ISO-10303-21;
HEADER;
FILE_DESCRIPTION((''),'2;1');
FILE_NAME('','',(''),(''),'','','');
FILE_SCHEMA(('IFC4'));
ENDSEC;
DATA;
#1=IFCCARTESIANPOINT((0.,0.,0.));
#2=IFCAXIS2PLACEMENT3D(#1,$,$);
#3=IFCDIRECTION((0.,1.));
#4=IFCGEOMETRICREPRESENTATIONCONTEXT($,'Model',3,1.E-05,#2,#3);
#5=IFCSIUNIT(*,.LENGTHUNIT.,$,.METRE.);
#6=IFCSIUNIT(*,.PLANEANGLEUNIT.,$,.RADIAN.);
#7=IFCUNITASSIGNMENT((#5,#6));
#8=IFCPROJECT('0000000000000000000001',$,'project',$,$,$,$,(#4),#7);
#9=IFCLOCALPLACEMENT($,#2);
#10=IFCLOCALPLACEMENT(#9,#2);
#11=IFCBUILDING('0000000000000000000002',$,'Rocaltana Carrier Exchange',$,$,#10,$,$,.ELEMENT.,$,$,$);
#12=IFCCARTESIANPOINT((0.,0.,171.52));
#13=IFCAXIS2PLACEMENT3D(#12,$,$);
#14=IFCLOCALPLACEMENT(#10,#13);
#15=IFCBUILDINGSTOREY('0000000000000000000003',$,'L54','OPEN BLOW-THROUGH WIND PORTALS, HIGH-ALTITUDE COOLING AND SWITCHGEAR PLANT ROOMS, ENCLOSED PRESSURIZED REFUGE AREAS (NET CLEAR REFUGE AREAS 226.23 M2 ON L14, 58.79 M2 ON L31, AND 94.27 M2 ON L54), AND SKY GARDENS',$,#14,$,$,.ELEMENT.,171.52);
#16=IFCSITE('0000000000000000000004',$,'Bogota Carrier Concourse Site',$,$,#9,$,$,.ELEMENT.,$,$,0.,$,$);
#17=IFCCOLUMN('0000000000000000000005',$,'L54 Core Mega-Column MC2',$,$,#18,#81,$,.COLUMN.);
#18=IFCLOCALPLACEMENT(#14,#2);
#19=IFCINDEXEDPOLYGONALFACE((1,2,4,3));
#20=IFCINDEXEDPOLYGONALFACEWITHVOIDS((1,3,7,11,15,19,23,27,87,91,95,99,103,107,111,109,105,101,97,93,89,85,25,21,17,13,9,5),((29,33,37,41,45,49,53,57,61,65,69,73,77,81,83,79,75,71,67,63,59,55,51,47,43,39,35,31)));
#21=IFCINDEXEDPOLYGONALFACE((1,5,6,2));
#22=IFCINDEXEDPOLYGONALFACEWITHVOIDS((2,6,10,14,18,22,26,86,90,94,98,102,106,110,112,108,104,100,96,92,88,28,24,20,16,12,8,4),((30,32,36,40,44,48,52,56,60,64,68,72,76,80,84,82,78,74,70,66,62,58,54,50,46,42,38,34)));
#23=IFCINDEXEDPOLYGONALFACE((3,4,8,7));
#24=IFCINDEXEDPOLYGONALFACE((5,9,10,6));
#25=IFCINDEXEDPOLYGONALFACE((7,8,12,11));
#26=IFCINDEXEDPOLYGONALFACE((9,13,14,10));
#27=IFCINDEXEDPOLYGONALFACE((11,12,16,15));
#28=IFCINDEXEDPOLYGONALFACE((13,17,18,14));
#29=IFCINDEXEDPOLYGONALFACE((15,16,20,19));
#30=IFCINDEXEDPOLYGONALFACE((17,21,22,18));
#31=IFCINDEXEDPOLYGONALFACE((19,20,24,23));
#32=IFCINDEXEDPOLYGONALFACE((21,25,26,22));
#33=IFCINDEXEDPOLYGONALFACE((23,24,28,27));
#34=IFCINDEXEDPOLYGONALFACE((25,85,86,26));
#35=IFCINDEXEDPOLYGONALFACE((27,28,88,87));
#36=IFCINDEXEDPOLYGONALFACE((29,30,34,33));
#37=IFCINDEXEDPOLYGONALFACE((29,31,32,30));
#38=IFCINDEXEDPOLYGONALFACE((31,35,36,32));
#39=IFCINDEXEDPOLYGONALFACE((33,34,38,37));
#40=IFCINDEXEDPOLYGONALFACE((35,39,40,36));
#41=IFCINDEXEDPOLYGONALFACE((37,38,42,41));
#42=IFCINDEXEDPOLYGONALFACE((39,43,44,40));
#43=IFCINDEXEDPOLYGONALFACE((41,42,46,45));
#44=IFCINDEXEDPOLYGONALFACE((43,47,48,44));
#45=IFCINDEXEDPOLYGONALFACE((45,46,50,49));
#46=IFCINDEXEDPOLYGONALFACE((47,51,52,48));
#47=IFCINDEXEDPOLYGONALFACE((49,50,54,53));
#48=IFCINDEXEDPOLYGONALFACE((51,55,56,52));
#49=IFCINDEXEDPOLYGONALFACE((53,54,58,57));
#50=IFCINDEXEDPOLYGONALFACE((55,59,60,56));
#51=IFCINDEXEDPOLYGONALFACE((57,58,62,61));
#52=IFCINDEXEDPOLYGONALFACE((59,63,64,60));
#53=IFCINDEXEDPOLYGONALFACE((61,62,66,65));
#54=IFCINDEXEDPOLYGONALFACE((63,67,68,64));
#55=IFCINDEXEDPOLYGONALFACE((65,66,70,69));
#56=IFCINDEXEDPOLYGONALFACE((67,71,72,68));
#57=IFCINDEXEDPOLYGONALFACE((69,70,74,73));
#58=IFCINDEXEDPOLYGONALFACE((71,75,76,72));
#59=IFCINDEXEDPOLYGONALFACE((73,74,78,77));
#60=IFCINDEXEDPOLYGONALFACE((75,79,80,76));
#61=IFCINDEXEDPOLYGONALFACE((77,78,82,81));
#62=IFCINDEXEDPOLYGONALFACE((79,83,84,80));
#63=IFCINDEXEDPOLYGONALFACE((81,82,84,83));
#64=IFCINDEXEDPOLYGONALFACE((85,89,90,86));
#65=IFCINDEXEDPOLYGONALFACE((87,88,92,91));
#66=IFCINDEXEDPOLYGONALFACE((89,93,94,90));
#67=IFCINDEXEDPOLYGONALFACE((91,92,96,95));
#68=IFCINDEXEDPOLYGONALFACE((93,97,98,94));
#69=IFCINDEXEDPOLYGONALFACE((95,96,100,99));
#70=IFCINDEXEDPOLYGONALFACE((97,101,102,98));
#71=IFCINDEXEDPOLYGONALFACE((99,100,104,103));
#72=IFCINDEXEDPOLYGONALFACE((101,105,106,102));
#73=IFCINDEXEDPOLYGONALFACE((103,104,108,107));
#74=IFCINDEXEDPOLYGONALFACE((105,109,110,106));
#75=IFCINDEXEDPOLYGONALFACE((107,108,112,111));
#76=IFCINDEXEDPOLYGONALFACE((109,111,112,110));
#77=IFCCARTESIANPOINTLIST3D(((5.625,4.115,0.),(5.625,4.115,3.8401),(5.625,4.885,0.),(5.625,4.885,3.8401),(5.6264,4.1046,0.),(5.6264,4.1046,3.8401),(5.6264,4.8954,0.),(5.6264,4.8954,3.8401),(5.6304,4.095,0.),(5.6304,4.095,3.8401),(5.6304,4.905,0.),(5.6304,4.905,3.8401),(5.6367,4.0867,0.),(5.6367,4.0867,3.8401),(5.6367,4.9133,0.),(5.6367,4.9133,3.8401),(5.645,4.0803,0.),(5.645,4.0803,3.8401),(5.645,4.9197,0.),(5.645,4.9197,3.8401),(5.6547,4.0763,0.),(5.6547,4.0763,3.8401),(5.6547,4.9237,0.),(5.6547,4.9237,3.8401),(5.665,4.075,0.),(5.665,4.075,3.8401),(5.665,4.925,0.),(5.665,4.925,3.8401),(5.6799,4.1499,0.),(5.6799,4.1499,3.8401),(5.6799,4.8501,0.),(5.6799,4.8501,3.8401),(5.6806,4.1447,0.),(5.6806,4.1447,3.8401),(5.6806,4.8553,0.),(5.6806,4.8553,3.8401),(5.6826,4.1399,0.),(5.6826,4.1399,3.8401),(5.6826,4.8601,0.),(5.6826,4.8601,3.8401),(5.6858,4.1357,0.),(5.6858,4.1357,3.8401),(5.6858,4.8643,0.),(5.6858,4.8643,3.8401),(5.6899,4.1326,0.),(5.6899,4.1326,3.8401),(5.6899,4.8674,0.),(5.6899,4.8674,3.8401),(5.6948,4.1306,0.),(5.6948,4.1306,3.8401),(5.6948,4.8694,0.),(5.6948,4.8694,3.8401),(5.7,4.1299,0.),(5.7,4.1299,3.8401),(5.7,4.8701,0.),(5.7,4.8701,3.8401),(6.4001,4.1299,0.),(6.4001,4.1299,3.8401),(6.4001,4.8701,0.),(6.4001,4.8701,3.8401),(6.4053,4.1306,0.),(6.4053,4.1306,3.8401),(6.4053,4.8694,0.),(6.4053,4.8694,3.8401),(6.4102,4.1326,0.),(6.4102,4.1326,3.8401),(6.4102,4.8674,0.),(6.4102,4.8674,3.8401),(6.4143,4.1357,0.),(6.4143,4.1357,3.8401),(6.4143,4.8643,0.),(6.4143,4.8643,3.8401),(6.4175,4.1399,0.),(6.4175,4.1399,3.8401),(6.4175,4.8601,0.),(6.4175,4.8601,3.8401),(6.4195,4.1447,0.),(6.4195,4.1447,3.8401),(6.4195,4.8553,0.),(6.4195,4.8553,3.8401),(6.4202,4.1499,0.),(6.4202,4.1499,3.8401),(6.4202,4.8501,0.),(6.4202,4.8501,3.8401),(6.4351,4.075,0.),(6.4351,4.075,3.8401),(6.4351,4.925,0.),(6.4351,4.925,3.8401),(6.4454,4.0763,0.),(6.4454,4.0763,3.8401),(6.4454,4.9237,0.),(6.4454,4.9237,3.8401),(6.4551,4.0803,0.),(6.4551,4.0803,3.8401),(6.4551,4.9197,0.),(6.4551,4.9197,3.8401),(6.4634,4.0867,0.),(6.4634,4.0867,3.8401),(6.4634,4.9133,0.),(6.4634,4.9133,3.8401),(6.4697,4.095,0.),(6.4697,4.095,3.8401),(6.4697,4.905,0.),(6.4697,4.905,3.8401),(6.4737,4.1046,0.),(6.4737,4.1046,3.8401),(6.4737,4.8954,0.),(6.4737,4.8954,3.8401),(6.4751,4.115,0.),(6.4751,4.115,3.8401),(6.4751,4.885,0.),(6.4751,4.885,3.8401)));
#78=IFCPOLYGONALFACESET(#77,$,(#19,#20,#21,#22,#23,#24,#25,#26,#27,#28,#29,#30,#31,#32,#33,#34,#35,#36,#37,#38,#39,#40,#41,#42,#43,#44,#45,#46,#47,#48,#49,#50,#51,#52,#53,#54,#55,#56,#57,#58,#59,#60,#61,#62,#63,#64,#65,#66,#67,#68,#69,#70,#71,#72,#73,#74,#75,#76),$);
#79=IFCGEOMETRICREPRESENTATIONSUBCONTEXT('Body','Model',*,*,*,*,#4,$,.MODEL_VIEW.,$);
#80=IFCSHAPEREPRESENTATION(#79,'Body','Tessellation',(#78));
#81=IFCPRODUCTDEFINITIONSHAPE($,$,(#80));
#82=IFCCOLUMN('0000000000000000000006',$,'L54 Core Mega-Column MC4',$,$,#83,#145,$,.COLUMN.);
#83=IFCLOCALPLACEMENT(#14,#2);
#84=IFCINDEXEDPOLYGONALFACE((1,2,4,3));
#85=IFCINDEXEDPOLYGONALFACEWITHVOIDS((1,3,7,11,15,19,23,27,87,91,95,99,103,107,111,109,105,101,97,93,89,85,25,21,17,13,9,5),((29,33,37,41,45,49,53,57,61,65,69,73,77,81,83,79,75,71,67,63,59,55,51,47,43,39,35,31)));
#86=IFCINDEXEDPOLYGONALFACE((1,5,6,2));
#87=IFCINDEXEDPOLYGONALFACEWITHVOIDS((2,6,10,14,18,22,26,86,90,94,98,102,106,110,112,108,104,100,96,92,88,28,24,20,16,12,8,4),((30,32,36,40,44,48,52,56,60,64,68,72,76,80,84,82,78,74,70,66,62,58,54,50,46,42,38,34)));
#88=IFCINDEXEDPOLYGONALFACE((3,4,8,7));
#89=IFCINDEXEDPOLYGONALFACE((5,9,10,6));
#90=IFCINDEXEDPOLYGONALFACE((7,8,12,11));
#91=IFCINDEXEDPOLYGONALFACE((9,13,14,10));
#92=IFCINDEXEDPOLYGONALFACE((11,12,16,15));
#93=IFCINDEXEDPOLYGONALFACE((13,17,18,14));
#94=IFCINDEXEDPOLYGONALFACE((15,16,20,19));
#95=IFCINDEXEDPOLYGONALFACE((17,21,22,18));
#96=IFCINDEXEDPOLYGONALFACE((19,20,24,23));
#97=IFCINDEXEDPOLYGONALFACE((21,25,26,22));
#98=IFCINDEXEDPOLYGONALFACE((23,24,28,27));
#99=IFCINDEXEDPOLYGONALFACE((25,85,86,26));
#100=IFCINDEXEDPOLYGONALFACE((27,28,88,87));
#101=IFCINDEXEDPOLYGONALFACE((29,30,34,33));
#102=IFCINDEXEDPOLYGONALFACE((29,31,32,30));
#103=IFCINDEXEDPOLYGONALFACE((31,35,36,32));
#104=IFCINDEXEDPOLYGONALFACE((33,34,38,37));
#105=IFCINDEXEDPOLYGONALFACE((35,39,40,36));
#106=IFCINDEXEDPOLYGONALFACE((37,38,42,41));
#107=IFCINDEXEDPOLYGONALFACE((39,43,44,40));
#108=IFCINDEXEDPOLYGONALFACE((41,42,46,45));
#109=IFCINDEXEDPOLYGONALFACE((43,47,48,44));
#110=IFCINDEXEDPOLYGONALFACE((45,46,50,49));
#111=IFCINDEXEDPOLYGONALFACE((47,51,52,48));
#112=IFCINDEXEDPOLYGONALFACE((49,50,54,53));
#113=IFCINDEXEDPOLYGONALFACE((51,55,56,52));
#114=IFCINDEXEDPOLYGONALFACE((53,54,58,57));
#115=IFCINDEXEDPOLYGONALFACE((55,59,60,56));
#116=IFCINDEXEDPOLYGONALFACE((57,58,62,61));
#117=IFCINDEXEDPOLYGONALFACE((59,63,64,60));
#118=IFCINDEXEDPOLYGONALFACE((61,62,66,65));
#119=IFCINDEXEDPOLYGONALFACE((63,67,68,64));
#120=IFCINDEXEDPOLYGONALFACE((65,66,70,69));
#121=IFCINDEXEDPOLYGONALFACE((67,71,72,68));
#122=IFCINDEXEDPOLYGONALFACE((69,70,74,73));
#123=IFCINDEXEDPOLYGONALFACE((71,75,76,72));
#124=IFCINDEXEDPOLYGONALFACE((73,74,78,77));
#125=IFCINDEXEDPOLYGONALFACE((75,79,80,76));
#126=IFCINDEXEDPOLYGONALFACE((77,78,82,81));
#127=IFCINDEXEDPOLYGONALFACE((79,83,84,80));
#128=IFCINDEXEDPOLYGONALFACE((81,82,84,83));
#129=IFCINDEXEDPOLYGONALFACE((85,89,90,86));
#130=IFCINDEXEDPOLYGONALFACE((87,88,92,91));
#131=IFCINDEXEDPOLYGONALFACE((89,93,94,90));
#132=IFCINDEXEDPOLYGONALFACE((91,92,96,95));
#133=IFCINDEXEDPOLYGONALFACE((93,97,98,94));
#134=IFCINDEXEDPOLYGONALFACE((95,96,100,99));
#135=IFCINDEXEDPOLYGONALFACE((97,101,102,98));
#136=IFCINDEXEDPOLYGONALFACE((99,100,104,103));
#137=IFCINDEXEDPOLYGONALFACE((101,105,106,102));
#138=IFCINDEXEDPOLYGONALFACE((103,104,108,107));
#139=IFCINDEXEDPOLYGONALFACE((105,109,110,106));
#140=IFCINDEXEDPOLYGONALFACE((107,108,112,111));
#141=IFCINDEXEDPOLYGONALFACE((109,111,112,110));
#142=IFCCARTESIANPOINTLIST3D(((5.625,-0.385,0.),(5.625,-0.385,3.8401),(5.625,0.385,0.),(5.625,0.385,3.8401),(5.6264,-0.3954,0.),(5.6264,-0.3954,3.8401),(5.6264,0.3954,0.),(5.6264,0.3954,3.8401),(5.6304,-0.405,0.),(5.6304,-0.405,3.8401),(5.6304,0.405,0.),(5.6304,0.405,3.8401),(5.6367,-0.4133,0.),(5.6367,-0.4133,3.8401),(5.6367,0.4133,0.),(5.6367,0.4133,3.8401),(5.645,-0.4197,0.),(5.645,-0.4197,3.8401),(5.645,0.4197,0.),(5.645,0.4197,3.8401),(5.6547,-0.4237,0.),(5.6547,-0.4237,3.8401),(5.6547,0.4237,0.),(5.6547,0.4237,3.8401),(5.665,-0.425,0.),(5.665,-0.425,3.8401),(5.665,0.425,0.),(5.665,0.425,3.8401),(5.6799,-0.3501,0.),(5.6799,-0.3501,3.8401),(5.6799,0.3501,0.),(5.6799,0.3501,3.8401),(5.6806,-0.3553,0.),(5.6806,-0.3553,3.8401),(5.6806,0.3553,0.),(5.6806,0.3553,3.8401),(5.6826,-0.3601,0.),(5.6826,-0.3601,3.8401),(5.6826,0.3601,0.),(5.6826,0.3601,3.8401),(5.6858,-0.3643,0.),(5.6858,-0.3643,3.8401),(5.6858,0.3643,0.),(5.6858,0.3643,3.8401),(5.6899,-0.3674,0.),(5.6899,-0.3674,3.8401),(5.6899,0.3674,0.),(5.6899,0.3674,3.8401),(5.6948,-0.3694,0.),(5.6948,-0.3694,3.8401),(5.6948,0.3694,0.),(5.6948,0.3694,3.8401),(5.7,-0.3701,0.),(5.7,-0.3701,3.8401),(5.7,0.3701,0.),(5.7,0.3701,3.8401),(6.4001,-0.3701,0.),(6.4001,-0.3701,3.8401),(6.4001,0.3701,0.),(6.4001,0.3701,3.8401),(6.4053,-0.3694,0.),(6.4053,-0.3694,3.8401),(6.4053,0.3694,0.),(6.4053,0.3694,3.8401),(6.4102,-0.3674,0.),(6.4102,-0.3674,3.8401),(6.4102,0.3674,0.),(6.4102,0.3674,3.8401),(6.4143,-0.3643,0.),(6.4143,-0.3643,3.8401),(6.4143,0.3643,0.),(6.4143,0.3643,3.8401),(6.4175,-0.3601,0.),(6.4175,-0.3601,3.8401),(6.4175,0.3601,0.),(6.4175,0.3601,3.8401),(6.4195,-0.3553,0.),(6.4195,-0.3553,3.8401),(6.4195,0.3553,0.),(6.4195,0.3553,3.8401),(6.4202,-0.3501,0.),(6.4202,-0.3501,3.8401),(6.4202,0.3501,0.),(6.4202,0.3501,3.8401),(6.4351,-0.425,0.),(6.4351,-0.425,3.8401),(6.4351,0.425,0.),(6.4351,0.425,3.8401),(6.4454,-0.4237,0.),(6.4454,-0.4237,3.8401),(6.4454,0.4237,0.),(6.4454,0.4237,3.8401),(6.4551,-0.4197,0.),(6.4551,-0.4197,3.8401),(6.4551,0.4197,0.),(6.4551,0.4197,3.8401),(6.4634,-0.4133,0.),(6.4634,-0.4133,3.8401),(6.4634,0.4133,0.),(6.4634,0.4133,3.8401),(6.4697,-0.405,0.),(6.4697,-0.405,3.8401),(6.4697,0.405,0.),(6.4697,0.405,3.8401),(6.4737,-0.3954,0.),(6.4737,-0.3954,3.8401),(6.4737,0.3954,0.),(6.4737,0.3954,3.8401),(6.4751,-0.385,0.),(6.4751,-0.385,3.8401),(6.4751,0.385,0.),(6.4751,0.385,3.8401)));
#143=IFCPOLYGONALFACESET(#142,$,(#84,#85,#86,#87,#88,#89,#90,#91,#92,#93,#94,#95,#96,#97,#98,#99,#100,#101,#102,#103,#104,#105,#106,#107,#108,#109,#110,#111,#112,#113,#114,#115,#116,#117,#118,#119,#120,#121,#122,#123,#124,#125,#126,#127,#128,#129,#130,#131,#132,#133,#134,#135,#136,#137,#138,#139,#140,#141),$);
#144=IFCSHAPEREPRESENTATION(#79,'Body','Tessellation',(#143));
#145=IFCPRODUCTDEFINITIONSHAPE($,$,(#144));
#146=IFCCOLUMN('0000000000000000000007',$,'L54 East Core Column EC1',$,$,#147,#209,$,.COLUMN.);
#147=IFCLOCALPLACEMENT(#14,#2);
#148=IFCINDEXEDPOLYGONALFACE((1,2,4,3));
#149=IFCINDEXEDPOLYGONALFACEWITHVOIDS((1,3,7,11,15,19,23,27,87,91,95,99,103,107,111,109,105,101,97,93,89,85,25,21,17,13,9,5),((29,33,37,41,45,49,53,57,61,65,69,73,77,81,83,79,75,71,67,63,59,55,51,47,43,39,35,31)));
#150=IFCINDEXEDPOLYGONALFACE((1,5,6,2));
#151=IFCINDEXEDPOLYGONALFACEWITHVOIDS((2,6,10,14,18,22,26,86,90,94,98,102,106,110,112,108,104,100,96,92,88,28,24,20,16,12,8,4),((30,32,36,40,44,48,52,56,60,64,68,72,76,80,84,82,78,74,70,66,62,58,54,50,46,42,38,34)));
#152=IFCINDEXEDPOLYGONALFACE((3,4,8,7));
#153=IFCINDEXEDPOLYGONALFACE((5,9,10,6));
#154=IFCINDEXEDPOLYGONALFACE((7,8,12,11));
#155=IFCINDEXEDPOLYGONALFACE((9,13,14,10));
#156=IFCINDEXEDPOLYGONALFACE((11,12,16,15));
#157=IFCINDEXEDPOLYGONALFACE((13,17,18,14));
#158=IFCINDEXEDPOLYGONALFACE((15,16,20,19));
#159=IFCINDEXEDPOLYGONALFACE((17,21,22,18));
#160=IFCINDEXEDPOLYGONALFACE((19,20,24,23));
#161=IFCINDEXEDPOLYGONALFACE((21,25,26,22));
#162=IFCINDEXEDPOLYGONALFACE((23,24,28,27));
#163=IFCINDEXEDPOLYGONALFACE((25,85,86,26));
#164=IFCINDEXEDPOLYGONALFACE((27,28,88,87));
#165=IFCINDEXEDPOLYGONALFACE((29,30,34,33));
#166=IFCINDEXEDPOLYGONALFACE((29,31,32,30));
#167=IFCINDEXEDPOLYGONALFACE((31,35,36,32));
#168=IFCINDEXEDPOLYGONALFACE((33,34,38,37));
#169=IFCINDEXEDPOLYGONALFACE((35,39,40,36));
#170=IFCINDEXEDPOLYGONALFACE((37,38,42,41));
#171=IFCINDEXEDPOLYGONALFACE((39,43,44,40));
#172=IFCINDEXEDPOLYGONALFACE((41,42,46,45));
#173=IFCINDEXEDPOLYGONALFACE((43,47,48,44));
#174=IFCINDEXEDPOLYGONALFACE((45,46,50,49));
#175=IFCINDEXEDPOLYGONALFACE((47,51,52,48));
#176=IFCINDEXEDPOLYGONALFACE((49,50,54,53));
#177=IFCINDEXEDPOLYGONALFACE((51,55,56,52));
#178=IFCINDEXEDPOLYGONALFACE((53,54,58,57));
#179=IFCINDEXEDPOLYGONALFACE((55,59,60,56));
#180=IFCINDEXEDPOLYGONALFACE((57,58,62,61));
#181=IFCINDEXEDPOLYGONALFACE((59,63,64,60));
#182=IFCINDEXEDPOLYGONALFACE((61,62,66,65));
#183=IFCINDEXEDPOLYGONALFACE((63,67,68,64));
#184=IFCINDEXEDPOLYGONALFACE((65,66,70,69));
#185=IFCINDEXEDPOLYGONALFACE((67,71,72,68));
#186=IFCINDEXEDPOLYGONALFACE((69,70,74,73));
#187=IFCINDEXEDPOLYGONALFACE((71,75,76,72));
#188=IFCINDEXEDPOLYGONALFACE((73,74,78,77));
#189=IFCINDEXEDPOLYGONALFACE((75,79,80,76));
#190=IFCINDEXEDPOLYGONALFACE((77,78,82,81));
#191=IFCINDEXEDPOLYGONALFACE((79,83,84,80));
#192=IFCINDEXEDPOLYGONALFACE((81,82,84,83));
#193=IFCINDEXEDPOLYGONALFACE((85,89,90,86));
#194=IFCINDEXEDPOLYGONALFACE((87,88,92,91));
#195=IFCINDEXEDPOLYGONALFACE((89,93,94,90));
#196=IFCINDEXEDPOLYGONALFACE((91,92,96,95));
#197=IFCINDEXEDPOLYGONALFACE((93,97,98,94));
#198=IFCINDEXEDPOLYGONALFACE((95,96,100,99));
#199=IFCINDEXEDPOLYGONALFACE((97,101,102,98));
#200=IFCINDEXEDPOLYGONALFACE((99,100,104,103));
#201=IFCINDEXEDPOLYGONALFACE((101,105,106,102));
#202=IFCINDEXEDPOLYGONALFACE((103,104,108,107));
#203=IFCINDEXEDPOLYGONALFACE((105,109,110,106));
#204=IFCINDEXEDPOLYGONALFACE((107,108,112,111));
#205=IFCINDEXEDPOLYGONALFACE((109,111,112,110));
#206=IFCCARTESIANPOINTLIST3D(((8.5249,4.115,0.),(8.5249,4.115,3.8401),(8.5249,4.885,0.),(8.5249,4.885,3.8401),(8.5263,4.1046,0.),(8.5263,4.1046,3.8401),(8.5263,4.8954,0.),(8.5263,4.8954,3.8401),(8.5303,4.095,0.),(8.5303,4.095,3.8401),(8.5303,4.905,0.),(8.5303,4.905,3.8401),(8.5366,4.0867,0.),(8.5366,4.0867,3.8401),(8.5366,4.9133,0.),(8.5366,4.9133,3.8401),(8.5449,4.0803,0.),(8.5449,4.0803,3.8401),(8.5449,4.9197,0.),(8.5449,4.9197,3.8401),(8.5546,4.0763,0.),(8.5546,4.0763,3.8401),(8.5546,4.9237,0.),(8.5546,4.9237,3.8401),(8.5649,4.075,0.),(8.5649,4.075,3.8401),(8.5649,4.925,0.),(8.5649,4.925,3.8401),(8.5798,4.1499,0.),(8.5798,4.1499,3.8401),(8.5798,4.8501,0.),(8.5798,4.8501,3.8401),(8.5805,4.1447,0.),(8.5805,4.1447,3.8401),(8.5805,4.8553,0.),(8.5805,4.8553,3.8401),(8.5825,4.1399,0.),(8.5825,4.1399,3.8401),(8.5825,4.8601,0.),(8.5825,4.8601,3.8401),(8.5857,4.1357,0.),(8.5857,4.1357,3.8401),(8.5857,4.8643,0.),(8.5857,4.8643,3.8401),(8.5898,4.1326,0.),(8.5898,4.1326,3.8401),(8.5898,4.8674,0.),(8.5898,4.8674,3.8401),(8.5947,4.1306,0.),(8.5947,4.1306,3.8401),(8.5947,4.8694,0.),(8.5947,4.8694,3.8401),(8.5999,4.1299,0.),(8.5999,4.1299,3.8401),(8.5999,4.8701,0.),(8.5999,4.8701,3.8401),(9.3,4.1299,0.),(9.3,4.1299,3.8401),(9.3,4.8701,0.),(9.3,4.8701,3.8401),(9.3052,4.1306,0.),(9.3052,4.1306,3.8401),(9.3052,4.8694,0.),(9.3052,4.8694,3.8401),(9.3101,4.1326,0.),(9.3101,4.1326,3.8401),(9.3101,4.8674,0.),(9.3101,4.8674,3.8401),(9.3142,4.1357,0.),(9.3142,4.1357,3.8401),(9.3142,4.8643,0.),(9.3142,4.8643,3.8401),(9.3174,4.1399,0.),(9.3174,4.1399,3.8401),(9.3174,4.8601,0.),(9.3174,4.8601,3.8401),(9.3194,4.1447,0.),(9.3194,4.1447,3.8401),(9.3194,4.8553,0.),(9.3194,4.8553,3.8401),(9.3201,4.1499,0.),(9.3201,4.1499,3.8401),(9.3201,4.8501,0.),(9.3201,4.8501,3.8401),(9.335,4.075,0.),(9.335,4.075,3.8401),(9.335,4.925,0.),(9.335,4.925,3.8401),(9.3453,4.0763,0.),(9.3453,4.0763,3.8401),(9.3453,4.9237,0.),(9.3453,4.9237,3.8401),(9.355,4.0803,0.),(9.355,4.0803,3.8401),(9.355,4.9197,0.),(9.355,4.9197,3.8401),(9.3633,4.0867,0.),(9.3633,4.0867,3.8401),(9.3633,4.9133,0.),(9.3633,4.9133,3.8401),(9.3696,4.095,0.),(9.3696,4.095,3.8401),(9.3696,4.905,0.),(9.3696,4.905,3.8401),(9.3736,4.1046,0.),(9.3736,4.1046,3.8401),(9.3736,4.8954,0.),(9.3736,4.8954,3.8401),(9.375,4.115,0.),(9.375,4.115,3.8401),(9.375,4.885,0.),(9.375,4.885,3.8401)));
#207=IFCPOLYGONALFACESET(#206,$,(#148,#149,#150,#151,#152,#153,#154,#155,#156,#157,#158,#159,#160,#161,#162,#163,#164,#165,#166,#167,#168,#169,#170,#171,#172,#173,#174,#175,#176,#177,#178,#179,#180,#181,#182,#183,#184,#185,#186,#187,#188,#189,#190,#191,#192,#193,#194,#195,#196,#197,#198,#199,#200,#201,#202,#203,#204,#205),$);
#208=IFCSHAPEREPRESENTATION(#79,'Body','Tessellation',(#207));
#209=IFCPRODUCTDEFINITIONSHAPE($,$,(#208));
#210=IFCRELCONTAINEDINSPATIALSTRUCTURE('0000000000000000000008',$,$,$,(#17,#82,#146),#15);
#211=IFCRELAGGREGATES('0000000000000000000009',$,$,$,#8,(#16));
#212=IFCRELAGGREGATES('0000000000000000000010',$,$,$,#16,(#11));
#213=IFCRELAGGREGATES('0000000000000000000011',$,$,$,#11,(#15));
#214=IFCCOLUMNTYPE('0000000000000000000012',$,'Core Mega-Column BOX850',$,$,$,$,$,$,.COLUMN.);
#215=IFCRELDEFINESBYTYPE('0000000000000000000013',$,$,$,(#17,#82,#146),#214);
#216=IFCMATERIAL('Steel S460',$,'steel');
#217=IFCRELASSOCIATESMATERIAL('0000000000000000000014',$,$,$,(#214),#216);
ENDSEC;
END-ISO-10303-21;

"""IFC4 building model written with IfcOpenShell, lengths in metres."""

from ifc_helpers import new_model, si_unit, direction, frame, origin, origin_2d, place, context, subcontext, project, spatial, hollow_rectangle, extrude, material, material_profile, profile_set, type_object, element, save


model = new_model("IFC4")

# Units and contexts
model_context = context("Model", 3, precision=1e-05, world=origin(), true_north=direction((0.0, 1.0)))
body_context = subcontext(model_context, "Body", "Model", "MODEL_VIEW")
ifc_project = project(units=[si_unit("LENGTHUNIT", "METRE"), si_unit("PLANEANGLEUNIT", "RADIAN")], contexts=[model_context])

# Site, building, storey
site_placement = place(None, origin())
site = spatial("IfcSite", under=ifc_project, at=site_placement, Name="Bogota Carrier Concourse Site", CompositionType="ELEMENT", RefElevation=0.0)
building_placement = place(site_placement, origin())
building = spatial("IfcBuilding", under=site, at=building_placement, Name="Rocaltana Carrier Exchange", CompositionType="ELEMENT")
storey_placement = place(building_placement, frame((0.0, 0.0, 171.52)))
storey = spatial("IfcBuildingStorey", under=building, at=storey_placement, Name="L54", Description="OPEN BLOW-THROUGH WIND PORTALS, HIGH-ALTITUDE COOLING AND SWITCHGEAR PLANT ROOMS, ENCLOSED PRESSURIZED REFUGE AREAS (NET CLEAR REFUGE AREAS 226.23 M2 ON L14, 58.79 M2 ON L31, AND 94.27 M2 ON L54), AND SKY GARDENS", CompositionType="ELEMENT", Elevation=171.52)

# Columns
ifc_material_1 = material(Name="Steel S460", Category="steel")
ifc_material_profile_1 = material_profile(ifc_material_1, hollow_rectangle(XDim=0.8501, YDim=0.8501, WallThickness=0.0549, InnerFilletRadius=0.02, OuterFilletRadius=0.04, at=origin_2d()), Name="BOX850X850X55")
ifc_profile_set_1 = profile_set([ifc_material_profile_1], Name="Steel S460")
column_type = type_object("IfcColumnType", Name="Core Mega-Column BOX850", PredefinedType="COLUMN", material=ifc_profile_set_1)
for number, where, z_axis, x_axis, name in (
    (1, (6.05, 4.5, 0.0), (0.0, 0.0, 1.0), (1.0, 0.0, 0.0), "L54 Core Mega-Column MC2"),
    (2, (6.05, 0.0, 0.0), (0.0, 0.0, 1.0), (1.0, 0.0, 0.0), "L54 Core Mega-Column MC4"),
    (3, (8.95, 4.5, 0.0), (0.0, 0.0, 1.0), (1.0, 0.0, 0.0), "L54 East Core Column EC1"),
):
    element("IfcColumn", number, at=place(storey_placement, frame(where, z_axis=z_axis, x_axis=x_axis)), inside=storey, type_object=column_type, Name=name, PredefinedType="COLUMN", context=body_context, shape_type="SweptSolid", body=[
        extrude(hollow_rectangle(XDim=0.8501, YDim=0.8501, WallThickness=0.0549, InnerFilletRadius=0.02, OuterFilletRadius=0.04, at=origin_2d()), origin(), (0.0, 0.0, 1.0), 3.8401),
    ])

save(model, "model.ifc")
